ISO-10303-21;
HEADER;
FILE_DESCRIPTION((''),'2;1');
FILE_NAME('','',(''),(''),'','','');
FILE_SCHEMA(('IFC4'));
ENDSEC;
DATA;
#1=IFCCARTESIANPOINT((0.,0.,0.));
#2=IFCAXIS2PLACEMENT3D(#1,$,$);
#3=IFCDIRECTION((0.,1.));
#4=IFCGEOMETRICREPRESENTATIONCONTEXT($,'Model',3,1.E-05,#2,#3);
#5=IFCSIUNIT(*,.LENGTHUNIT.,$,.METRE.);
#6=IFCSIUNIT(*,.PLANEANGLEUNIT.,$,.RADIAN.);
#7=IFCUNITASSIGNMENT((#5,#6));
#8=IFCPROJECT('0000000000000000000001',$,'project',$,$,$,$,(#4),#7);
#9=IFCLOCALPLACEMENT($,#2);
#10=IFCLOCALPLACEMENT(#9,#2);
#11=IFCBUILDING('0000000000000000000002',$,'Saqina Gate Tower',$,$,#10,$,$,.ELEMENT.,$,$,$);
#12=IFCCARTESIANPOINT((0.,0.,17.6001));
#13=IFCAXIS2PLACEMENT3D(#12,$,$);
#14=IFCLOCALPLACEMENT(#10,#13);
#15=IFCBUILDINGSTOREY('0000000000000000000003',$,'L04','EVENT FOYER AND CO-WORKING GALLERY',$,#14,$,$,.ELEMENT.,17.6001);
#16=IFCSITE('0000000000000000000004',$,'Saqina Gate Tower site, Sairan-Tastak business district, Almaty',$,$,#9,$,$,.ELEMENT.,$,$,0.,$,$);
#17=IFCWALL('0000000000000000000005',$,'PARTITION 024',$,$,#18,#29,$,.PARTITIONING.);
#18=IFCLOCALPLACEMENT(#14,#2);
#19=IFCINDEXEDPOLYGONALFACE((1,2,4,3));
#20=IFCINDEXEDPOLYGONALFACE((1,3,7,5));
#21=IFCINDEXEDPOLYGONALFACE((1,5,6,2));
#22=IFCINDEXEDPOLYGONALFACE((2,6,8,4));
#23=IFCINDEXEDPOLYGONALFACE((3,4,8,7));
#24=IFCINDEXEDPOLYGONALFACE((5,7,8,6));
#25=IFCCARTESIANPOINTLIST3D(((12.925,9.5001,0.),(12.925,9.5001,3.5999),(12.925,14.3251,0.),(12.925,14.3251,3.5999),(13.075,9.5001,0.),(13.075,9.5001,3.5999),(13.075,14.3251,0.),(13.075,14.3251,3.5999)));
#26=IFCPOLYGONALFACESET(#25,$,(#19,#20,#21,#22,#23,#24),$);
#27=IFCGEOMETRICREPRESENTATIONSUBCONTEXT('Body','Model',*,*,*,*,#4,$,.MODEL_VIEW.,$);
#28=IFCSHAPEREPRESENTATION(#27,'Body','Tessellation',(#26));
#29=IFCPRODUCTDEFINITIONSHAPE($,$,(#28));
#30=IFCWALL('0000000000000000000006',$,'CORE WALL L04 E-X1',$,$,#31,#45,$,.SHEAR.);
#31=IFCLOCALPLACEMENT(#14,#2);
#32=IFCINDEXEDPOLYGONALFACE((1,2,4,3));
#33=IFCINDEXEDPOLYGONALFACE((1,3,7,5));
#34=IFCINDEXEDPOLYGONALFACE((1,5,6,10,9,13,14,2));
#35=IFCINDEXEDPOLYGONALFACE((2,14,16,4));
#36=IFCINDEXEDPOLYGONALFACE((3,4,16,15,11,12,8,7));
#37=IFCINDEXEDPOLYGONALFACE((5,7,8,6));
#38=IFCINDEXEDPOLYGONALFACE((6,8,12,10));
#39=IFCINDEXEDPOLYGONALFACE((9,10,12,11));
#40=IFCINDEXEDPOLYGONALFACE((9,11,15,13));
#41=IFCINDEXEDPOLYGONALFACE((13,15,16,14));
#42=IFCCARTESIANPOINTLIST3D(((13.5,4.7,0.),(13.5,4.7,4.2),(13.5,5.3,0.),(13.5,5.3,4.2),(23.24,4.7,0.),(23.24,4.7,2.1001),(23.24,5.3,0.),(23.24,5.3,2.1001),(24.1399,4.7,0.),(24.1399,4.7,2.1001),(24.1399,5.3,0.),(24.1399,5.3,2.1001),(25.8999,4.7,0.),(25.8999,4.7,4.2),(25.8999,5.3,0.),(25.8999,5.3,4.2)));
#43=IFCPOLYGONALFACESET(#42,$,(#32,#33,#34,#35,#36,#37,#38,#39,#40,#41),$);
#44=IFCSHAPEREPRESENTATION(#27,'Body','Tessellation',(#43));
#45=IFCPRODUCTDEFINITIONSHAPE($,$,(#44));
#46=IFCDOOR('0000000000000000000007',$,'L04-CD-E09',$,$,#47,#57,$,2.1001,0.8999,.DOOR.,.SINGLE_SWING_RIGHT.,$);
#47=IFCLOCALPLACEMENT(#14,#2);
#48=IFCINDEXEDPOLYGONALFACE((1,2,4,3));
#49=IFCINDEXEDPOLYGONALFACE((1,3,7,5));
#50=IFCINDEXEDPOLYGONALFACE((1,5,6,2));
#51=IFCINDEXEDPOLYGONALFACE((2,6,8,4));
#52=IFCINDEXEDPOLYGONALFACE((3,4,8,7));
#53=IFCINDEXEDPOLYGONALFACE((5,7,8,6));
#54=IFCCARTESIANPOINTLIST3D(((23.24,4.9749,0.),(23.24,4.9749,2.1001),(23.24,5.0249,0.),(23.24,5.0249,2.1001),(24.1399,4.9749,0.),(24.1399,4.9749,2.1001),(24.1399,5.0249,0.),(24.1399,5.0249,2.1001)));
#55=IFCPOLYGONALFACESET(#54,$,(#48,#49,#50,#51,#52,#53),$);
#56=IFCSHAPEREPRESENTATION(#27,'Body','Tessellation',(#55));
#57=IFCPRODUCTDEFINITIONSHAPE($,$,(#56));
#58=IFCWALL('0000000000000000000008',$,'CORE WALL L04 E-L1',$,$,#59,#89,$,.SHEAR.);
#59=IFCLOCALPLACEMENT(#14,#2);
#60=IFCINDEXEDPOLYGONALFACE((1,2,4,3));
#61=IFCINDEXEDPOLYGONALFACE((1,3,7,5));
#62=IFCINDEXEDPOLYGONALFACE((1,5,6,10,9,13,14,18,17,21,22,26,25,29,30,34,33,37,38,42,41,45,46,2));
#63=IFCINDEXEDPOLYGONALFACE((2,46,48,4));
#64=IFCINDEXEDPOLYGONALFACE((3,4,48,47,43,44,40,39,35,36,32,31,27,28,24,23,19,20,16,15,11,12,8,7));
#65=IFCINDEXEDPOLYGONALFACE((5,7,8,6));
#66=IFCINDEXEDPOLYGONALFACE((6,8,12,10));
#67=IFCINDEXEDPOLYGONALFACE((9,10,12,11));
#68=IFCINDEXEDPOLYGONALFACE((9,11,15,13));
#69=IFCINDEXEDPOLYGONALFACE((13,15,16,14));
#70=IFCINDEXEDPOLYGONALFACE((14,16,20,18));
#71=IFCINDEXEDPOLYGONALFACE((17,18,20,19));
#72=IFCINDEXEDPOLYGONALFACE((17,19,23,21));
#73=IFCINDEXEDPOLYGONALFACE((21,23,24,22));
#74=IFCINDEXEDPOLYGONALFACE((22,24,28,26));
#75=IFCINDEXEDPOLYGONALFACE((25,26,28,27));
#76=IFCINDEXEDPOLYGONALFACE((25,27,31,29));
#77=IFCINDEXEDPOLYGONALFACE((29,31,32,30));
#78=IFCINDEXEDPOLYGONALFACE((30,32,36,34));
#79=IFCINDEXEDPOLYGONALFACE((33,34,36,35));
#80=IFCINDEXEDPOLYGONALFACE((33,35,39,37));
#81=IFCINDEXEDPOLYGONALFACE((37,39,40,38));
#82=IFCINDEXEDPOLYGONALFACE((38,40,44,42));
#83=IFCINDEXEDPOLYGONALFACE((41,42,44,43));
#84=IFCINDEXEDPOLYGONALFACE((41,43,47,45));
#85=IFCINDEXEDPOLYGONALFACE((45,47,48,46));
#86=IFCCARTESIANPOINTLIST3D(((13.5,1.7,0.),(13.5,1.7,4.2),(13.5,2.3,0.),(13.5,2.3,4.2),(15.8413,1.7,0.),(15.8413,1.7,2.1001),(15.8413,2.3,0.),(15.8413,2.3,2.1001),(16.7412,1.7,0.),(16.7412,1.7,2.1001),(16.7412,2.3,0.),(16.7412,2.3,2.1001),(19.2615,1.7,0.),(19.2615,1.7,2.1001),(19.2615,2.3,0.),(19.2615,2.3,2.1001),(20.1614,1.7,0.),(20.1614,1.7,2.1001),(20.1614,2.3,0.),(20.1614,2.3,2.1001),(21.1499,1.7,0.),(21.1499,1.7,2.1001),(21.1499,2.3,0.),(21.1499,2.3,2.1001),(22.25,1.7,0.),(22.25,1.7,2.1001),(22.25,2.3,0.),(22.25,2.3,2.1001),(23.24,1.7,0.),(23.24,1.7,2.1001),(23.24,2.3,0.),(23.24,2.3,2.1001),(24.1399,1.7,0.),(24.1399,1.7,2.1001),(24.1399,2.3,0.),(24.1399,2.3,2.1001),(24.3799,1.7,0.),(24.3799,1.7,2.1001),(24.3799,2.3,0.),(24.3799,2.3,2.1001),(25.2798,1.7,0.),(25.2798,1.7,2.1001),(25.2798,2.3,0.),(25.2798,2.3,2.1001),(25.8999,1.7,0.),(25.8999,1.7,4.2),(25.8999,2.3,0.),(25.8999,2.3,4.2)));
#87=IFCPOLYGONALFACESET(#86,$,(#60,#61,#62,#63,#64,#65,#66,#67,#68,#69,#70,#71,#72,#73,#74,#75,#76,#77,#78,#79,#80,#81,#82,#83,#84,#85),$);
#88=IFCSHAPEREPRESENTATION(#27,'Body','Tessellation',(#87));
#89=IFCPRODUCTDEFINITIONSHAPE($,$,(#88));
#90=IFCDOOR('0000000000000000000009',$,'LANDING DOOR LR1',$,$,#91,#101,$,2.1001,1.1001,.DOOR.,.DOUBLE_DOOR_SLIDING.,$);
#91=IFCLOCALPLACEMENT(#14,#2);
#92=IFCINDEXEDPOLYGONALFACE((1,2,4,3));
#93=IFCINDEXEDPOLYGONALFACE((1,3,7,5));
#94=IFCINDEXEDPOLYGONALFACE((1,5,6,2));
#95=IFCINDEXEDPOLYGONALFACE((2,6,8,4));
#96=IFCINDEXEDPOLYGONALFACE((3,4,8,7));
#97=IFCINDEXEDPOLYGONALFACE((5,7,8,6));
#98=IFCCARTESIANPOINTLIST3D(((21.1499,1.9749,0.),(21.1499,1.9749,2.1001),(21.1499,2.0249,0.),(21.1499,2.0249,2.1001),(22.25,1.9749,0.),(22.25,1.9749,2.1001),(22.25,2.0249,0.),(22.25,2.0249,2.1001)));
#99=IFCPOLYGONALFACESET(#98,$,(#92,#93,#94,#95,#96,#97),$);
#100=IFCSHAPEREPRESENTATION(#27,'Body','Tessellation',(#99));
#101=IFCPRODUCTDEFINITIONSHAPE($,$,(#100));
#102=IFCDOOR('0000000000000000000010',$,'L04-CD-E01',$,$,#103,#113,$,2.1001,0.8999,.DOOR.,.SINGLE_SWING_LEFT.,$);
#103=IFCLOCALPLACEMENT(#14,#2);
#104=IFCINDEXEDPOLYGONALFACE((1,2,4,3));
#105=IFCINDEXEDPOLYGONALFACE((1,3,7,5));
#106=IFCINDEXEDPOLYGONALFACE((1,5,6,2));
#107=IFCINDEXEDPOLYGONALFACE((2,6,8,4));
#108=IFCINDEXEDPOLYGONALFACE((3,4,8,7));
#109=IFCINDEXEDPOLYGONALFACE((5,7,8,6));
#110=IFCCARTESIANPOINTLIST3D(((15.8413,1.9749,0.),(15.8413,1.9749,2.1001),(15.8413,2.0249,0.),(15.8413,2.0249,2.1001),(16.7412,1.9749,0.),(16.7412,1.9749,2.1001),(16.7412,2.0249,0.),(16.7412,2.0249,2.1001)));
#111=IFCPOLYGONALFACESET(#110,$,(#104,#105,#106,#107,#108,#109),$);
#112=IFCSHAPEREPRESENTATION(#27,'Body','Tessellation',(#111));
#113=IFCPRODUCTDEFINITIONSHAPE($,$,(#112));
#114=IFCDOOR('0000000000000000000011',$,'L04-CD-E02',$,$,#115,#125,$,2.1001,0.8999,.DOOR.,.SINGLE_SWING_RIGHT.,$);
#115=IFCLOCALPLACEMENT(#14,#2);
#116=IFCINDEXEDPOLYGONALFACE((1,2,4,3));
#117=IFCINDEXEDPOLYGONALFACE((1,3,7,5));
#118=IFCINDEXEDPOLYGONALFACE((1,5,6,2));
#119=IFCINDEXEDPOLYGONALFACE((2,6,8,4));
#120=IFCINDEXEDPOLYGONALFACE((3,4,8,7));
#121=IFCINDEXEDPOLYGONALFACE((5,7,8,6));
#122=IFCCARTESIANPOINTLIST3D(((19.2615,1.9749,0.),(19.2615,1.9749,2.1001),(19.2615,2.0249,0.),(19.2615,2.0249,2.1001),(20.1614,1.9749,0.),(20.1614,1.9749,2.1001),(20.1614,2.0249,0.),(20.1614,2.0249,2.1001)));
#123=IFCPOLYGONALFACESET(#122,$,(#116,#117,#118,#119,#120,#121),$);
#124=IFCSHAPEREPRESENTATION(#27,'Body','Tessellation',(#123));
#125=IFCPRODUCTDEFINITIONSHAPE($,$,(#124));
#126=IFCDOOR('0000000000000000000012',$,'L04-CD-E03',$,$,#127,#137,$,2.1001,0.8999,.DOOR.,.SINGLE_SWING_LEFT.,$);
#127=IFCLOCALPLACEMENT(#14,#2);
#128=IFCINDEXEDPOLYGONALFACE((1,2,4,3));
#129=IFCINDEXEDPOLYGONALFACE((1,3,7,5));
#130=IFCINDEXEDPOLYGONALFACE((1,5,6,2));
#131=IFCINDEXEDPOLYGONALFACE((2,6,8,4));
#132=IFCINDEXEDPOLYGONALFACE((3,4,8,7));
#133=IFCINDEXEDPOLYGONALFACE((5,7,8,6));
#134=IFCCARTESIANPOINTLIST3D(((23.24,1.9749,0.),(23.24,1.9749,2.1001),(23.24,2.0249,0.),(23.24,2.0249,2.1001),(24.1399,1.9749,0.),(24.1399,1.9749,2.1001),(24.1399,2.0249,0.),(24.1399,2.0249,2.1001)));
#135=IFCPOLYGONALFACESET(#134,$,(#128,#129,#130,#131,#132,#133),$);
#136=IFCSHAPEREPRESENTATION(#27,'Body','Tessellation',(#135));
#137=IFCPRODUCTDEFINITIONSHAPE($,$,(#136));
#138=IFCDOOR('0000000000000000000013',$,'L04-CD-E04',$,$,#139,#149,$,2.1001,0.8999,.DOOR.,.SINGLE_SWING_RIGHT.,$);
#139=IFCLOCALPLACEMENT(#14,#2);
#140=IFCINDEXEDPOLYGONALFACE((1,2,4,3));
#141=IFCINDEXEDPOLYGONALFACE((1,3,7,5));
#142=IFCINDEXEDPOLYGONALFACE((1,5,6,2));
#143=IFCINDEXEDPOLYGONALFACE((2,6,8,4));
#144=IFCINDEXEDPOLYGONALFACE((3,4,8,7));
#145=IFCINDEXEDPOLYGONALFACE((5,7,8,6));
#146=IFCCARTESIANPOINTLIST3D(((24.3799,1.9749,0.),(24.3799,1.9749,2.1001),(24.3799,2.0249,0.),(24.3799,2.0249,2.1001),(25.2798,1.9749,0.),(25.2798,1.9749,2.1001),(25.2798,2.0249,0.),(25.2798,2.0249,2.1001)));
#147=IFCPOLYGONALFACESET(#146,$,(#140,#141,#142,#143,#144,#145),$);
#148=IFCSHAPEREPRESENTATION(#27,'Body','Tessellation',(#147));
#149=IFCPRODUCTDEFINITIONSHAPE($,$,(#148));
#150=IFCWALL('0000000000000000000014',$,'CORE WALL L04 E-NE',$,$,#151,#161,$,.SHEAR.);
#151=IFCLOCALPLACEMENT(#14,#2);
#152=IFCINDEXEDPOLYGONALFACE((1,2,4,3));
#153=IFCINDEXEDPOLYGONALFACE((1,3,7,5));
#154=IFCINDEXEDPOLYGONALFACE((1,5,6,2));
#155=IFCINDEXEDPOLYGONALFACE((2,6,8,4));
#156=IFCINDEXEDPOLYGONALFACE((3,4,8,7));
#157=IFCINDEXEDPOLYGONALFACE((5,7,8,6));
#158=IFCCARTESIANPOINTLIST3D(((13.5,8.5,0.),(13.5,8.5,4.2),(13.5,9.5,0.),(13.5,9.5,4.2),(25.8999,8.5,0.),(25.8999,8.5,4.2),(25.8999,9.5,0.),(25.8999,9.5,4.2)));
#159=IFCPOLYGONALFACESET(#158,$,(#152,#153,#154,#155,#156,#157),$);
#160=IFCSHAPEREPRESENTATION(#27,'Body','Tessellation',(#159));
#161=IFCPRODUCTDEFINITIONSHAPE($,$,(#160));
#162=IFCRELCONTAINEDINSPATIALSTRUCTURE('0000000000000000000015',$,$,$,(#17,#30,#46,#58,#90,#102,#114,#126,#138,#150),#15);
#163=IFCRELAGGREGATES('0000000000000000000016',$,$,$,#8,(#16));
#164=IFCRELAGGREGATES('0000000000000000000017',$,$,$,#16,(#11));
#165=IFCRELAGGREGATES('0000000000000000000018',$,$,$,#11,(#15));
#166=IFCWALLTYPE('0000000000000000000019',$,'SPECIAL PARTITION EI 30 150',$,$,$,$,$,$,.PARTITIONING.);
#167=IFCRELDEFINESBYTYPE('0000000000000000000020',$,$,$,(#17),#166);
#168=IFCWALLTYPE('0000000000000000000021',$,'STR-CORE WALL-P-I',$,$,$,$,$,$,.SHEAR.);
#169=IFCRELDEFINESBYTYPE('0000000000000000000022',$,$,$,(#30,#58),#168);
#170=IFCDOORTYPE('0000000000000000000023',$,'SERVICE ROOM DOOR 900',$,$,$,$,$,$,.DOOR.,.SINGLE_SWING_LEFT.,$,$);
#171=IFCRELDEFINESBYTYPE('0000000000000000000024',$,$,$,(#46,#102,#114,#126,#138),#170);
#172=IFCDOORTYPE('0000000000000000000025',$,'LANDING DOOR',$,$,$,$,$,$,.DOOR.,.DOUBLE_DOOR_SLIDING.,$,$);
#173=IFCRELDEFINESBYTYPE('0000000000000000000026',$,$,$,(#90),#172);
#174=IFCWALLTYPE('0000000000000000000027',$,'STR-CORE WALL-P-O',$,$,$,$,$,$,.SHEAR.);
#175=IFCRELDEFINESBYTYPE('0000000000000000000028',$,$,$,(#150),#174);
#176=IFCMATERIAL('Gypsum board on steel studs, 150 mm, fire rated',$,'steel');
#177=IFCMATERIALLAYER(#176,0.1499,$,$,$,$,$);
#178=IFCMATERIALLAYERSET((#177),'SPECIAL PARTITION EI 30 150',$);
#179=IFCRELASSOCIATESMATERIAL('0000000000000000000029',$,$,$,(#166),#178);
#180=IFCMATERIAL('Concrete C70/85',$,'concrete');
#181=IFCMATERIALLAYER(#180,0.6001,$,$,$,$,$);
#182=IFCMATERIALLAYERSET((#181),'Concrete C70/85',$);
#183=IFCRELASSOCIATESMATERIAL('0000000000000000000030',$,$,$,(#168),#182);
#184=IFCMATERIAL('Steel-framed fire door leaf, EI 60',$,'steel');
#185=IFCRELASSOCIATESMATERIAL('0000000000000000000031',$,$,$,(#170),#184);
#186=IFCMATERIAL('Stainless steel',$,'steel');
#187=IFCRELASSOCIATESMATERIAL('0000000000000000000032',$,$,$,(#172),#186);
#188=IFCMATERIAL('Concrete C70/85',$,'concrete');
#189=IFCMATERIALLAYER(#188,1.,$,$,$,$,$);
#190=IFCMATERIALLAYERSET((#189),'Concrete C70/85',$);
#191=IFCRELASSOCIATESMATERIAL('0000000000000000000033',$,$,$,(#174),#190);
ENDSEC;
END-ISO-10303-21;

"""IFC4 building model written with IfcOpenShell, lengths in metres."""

from ifc_helpers import new_model, si_unit, direction, frame, frame_2d, origin, place, context, subcontext, project, spatial, rectangle, extrude, material, layer, layer_set, type_object, element, fill, save


model = new_model("IFC4")

# Units and contexts
model_context = context("Model", 3, precision=1e-05, world=origin(), true_north=direction((0.0, 1.0)))
body_context = subcontext(model_context, "Body", "Model", "MODEL_VIEW")
ifc_project = project(units=[si_unit("LENGTHUNIT", "METRE"), si_unit("PLANEANGLEUNIT", "RADIAN")], contexts=[model_context])

# Site, building, storey
site_placement = place(None, origin())
site = spatial("IfcSite", under=ifc_project, at=site_placement, Name="Saqina Gate Tower site, Sairan-Tastak business district, Almaty", CompositionType="ELEMENT", RefElevation=0.0)
building_placement = place(site_placement, origin())
building = spatial("IfcBuilding", under=site, at=building_placement, Name="Saqina Gate Tower", CompositionType="ELEMENT")
storey_placement = place(building_placement, frame((0.0, 0.0, 17.6001)))
storey = spatial("IfcBuildingStorey", under=building, at=storey_placement, Name="L04", Description="EVENT FOYER AND CO-WORKING GALLERY", CompositionType="ELEMENT", Elevation=17.6001)

# Shared definitions
ifc_material_1 = material(Name="Gypsum board on steel studs, 150 mm, fire rated", Category="steel")
ifc_layer_1 = layer(ifc_material_1, 0.1499)
ifc_layer_set_1 = layer_set([ifc_layer_1], Name="SPECIAL PARTITION EI 30 150")
wall_type_1 = type_object("IfcWallType", Name="SPECIAL PARTITION EI 30 150", PredefinedType="PARTITIONING", material=ifc_layer_set_1)

# Wall
wall_1_placement = place(storey_placement, frame((13.0, 9.5, 0.0), z_axis=(0.0, 0.0, 1.0), x_axis=(0.0, 1.0, 0.0)))
element("IfcWall", 1, at=wall_1_placement, inside=storey, type_object=wall_type_1, Name="PARTITION 024", PredefinedType="PARTITIONING", context=body_context, shape_type="SweptSolid", body=[
    extrude(rectangle(XDim=4.825, YDim=0.1499, at=frame_2d((2.4126, 0.0))), origin(), (0.0, 0.0, 1.0), 3.5999),
])

# Wall, opening, door
ifc_material_2 = material(Name="Concrete C70/85", Category="concrete")
ifc_layer_2 = layer(ifc_material_2, 0.6001)
ifc_layer_set_2 = layer_set([ifc_layer_2], Name="Concrete C70/85")
wall_type_2 = type_object("IfcWallType", Name="STR-CORE WALL-P-I", PredefinedType="SHEAR", material=ifc_layer_set_2)
wall_2_placement = place(storey_placement, frame((13.5, 5.0, 0.0), z_axis=(0.0, 0.0, 1.0), x_axis=(1.0, 0.0, 0.0)))
wall_2 = element("IfcWall", 2, at=wall_2_placement, inside=storey, type_object=wall_type_2, Name="CORE WALL L04 E-X1", PredefinedType="SHEAR", context=body_context, shape_type="SweptSolid", body=[
    extrude(rectangle(XDim=12.3999, YDim=0.6001, at=frame_2d((6.2, 0.0))), origin(), (0.0, 0.0, 1.0), 4.2),
])
opening_1_placement = place(wall_2_placement, frame((9.74, 0.0, 0.0)))
opening_1 = element("IfcOpeningElement", 3, at=opening_1_placement, cuts=wall_2, PredefinedType="OPENING", context=body_context, shape_type="SweptSolid", body=[
    extrude(rectangle(XDim=0.8999, YDim=2.1001, at=frame_2d((0.45, 1.05))), frame((0.0, 0.312, 0.0), z_axis=(0.0, -1.0, 0.0), x_axis=(1.0, 0.0, 0.0)), (0.0, 0.0, 1.0), 0.624),
])
ifc_material_3 = material(Name="Steel-framed fire door leaf, EI 60", Category="steel")
door_type_1 = type_object("IfcDoorType", Name="SERVICE ROOM DOOR 900", OperationType="SINGLE_SWING_LEFT", PredefinedType="DOOR", material=ifc_material_3)
door_1_placement = place(opening_1_placement, origin())
door_1 = element("IfcDoor", 4, at=door_1_placement, inside=storey, type_object=door_type_1, Name="L04-CD-E09", OperationType="SINGLE_SWING_RIGHT", OverallHeight=2.1001, OverallWidth=0.8999, PredefinedType="DOOR", context=body_context, shape_type="SweptSolid", body=[
    extrude(rectangle(XDim=0.8999, YDim=2.1001, at=frame_2d((0.45, 1.05))), frame((0.0, 0.0249, 0.0), z_axis=(0.0, -1.0, 0.0), x_axis=(1.0, 0.0, 0.0)), (0.0, 0.0, 1.0), 0.05),
])
fill(opening_1, door_1)

# Wall, openings, doors
wall_3_placement = place(storey_placement, frame((13.5, 2.0, 0.0), z_axis=(0.0, 0.0, 1.0), x_axis=(1.0, 0.0, 0.0)))
wall_3 = element("IfcWall", 5, at=wall_3_placement, inside=storey, type_object=wall_type_2, Name="CORE WALL L04 E-L1", PredefinedType="SHEAR", context=body_context, shape_type="SweptSolid", body=[
    extrude(rectangle(XDim=12.3999, YDim=0.6001, at=frame_2d((6.2, 0.0))), origin(), (0.0, 0.0, 1.0), 4.2),
])
opening_2_placement = place(wall_3_placement, frame((7.6499, 0.0, 0.0)))
opening_2 = element("IfcOpeningElement", 6, at=opening_2_placement, cuts=wall_3, PredefinedType="OPENING", context=body_context, shape_type="SweptSolid", body=[
    extrude(rectangle(XDim=1.1001, YDim=2.1001, at=frame_2d((0.55, 1.05))), frame((0.0, 0.312, 0.0), z_axis=(0.0, -1.0, 0.0), x_axis=(1.0, 0.0, 0.0)), (0.0, 0.0, 1.0), 0.624),
])
opening_3_placement = place(wall_3_placement, frame((2.3413, 0.0, 0.0)))
opening_3 = element("IfcOpeningElement", 7, at=opening_3_placement, cuts=wall_3, PredefinedType="OPENING", context=body_context, shape_type="SweptSolid", body=[
    extrude(rectangle(XDim=0.8999, YDim=2.1001, at=frame_2d((0.45, 1.05))), frame((0.0, 0.312, 0.0), z_axis=(0.0, -1.0, 0.0), x_axis=(1.0, 0.0, 0.0)), (0.0, 0.0, 1.0), 0.624),
])
opening_4_placement = place(wall_3_placement, frame((5.7615, 0.0, 0.0)))
opening_4 = element("IfcOpeningElement", 8, at=opening_4_placement, cuts=wall_3, PredefinedType="OPENING", context=body_context, shape_type="SweptSolid", body=[
    extrude(rectangle(XDim=0.8999, YDim=2.1001, at=frame_2d((0.45, 1.05))), frame((0.0, 0.312, 0.0), z_axis=(0.0, -1.0, 0.0), x_axis=(1.0, 0.0, 0.0)), (0.0, 0.0, 1.0), 0.624),
])
opening_5_placement = place(wall_3_placement, frame((9.74, 0.0, 0.0)))
opening_5 = element("IfcOpeningElement", 9, at=opening_5_placement, cuts=wall_3, PredefinedType="OPENING", context=body_context, shape_type="SweptSolid", body=[
    extrude(rectangle(XDim=0.8999, YDim=2.1001, at=frame_2d((0.45, 1.05))), frame((0.0, 0.312, 0.0), z_axis=(0.0, -1.0, 0.0), x_axis=(1.0, 0.0, 0.0)), (0.0, 0.0, 1.0), 0.624),
])
opening_6_placement = place(wall_3_placement, frame((10.8799, 0.0, 0.0)))
opening_6 = element("IfcOpeningElement", 10, at=opening_6_placement, cuts=wall_3, PredefinedType="OPENING", context=body_context, shape_type="SweptSolid", body=[
    extrude(rectangle(XDim=0.8999, YDim=2.1001, at=frame_2d((0.45, 1.05))), frame((0.0, 0.312, 0.0), z_axis=(0.0, -1.0, 0.0), x_axis=(1.0, 0.0, 0.0)), (0.0, 0.0, 1.0), 0.624),
])
ifc_material_4 = material(Name="Stainless steel", Category="steel")
door_type_2 = type_object("IfcDoorType", Name="LANDING DOOR", OperationType="DOUBLE_DOOR_SLIDING", PredefinedType="DOOR", material=ifc_material_4)
door_2_placement = place(opening_2_placement, origin())
door_2 = element("IfcDoor", 11, at=door_2_placement, inside=storey, type_object=door_type_2, Name="LANDING DOOR LR1", OperationType="DOUBLE_DOOR_SLIDING", OverallHeight=2.1001, OverallWidth=1.1001, PredefinedType="DOOR", context=body_context, shape_type="SweptSolid", body=[
    extrude(rectangle(XDim=1.1001, YDim=2.1001, at=frame_2d((0.55, 1.05))), frame((0.0, 0.0249, 0.0), z_axis=(0.0, -1.0, 0.0), x_axis=(1.0, 0.0, 0.0)), (0.0, 0.0, 1.0), 0.05),
])
fill(opening_2, door_2)
door_3_placement = place(opening_3_placement, origin())
door_3 = element("IfcDoor", 12, at=door_3_placement, inside=storey, type_object=door_type_1, Name="L04-CD-E01", OperationType="SINGLE_SWING_LEFT", OverallHeight=2.1001, OverallWidth=0.8999, PredefinedType="DOOR", context=body_context, shape_type="SweptSolid", body=[
    extrude(rectangle(XDim=0.8999, YDim=2.1001, at=frame_2d((0.45, 1.05))), frame((0.0, 0.0249, 0.0), z_axis=(0.0, -1.0, 0.0), x_axis=(1.0, 0.0, 0.0)), (0.0, 0.0, 1.0), 0.05),
])
fill(opening_3, door_3)
door_4_placement = place(opening_4_placement, origin())
door_4 = element("IfcDoor", 13, at=door_4_placement, inside=storey, type_object=door_type_1, Name="L04-CD-E02", OperationType="SINGLE_SWING_RIGHT", OverallHeight=2.1001, OverallWidth=0.8999, PredefinedType="DOOR", context=body_context, shape_type="SweptSolid", body=[
    extrude(rectangle(XDim=0.8999, YDim=2.1001, at=frame_2d((0.45, 1.05))), frame((0.0, 0.0249, 0.0), z_axis=(0.0, -1.0, 0.0), x_axis=(1.0, 0.0, 0.0)), (0.0, 0.0, 1.0), 0.05),
])
fill(opening_4, door_4)
door_5_placement = place(opening_5_placement, origin())
door_5 = element("IfcDoor", 14, at=door_5_placement, inside=storey, type_object=door_type_1, Name="L04-CD-E03", OperationType="SINGLE_SWING_LEFT", OverallHeight=2.1001, OverallWidth=0.8999, PredefinedType="DOOR", context=body_context, shape_type="SweptSolid", body=[
    extrude(rectangle(XDim=0.8999, YDim=2.1001, at=frame_2d((0.45, 1.05))), frame((0.0, 0.0249, 0.0), z_axis=(0.0, -1.0, 0.0), x_axis=(1.0, 0.0, 0.0)), (0.0, 0.0, 1.0), 0.05),
])
fill(opening_5, door_5)
door_6_placement = place(opening_6_placement, origin())
door_6 = element("IfcDoor", 15, at=door_6_placement, inside=storey, type_object=door_type_1, Name="L04-CD-E04", OperationType="SINGLE_SWING_RIGHT", OverallHeight=2.1001, OverallWidth=0.8999, PredefinedType="DOOR", context=body_context, shape_type="SweptSolid", body=[
    extrude(rectangle(XDim=0.8999, YDim=2.1001, at=frame_2d((0.45, 1.05))), frame((0.0, 0.0249, 0.0), z_axis=(0.0, -1.0, 0.0), x_axis=(1.0, 0.0, 0.0)), (0.0, 0.0, 1.0), 0.05),
])
fill(opening_6, door_6)

# Wall
ifc_material_5 = material(Name="Concrete C70/85", Category="concrete")
ifc_layer_3 = layer(ifc_material_5, 1.0)
ifc_layer_set_3 = layer_set([ifc_layer_3], Name="Concrete C70/85")
wall_type_3 = type_object("IfcWallType", Name="STR-CORE WALL-P-O", PredefinedType="SHEAR", material=ifc_layer_set_3)
wall_4_placement = place(storey_placement, frame((13.5, 9.0, 0.0), z_axis=(0.0, 0.0, 1.0), x_axis=(1.0, 0.0, 0.0)))
element("IfcWall", 16, at=wall_4_placement, inside=storey, type_object=wall_type_3, Name="CORE WALL L04 E-NE", PredefinedType="SHEAR", context=body_context, shape_type="SweptSolid", body=[
    extrude(rectangle(XDim=12.3999, YDim=1.0, at=frame_2d((6.2, 0.0))), origin(), (0.0, 0.0, 1.0), 4.2),
])

save(model, "model.ifc")
